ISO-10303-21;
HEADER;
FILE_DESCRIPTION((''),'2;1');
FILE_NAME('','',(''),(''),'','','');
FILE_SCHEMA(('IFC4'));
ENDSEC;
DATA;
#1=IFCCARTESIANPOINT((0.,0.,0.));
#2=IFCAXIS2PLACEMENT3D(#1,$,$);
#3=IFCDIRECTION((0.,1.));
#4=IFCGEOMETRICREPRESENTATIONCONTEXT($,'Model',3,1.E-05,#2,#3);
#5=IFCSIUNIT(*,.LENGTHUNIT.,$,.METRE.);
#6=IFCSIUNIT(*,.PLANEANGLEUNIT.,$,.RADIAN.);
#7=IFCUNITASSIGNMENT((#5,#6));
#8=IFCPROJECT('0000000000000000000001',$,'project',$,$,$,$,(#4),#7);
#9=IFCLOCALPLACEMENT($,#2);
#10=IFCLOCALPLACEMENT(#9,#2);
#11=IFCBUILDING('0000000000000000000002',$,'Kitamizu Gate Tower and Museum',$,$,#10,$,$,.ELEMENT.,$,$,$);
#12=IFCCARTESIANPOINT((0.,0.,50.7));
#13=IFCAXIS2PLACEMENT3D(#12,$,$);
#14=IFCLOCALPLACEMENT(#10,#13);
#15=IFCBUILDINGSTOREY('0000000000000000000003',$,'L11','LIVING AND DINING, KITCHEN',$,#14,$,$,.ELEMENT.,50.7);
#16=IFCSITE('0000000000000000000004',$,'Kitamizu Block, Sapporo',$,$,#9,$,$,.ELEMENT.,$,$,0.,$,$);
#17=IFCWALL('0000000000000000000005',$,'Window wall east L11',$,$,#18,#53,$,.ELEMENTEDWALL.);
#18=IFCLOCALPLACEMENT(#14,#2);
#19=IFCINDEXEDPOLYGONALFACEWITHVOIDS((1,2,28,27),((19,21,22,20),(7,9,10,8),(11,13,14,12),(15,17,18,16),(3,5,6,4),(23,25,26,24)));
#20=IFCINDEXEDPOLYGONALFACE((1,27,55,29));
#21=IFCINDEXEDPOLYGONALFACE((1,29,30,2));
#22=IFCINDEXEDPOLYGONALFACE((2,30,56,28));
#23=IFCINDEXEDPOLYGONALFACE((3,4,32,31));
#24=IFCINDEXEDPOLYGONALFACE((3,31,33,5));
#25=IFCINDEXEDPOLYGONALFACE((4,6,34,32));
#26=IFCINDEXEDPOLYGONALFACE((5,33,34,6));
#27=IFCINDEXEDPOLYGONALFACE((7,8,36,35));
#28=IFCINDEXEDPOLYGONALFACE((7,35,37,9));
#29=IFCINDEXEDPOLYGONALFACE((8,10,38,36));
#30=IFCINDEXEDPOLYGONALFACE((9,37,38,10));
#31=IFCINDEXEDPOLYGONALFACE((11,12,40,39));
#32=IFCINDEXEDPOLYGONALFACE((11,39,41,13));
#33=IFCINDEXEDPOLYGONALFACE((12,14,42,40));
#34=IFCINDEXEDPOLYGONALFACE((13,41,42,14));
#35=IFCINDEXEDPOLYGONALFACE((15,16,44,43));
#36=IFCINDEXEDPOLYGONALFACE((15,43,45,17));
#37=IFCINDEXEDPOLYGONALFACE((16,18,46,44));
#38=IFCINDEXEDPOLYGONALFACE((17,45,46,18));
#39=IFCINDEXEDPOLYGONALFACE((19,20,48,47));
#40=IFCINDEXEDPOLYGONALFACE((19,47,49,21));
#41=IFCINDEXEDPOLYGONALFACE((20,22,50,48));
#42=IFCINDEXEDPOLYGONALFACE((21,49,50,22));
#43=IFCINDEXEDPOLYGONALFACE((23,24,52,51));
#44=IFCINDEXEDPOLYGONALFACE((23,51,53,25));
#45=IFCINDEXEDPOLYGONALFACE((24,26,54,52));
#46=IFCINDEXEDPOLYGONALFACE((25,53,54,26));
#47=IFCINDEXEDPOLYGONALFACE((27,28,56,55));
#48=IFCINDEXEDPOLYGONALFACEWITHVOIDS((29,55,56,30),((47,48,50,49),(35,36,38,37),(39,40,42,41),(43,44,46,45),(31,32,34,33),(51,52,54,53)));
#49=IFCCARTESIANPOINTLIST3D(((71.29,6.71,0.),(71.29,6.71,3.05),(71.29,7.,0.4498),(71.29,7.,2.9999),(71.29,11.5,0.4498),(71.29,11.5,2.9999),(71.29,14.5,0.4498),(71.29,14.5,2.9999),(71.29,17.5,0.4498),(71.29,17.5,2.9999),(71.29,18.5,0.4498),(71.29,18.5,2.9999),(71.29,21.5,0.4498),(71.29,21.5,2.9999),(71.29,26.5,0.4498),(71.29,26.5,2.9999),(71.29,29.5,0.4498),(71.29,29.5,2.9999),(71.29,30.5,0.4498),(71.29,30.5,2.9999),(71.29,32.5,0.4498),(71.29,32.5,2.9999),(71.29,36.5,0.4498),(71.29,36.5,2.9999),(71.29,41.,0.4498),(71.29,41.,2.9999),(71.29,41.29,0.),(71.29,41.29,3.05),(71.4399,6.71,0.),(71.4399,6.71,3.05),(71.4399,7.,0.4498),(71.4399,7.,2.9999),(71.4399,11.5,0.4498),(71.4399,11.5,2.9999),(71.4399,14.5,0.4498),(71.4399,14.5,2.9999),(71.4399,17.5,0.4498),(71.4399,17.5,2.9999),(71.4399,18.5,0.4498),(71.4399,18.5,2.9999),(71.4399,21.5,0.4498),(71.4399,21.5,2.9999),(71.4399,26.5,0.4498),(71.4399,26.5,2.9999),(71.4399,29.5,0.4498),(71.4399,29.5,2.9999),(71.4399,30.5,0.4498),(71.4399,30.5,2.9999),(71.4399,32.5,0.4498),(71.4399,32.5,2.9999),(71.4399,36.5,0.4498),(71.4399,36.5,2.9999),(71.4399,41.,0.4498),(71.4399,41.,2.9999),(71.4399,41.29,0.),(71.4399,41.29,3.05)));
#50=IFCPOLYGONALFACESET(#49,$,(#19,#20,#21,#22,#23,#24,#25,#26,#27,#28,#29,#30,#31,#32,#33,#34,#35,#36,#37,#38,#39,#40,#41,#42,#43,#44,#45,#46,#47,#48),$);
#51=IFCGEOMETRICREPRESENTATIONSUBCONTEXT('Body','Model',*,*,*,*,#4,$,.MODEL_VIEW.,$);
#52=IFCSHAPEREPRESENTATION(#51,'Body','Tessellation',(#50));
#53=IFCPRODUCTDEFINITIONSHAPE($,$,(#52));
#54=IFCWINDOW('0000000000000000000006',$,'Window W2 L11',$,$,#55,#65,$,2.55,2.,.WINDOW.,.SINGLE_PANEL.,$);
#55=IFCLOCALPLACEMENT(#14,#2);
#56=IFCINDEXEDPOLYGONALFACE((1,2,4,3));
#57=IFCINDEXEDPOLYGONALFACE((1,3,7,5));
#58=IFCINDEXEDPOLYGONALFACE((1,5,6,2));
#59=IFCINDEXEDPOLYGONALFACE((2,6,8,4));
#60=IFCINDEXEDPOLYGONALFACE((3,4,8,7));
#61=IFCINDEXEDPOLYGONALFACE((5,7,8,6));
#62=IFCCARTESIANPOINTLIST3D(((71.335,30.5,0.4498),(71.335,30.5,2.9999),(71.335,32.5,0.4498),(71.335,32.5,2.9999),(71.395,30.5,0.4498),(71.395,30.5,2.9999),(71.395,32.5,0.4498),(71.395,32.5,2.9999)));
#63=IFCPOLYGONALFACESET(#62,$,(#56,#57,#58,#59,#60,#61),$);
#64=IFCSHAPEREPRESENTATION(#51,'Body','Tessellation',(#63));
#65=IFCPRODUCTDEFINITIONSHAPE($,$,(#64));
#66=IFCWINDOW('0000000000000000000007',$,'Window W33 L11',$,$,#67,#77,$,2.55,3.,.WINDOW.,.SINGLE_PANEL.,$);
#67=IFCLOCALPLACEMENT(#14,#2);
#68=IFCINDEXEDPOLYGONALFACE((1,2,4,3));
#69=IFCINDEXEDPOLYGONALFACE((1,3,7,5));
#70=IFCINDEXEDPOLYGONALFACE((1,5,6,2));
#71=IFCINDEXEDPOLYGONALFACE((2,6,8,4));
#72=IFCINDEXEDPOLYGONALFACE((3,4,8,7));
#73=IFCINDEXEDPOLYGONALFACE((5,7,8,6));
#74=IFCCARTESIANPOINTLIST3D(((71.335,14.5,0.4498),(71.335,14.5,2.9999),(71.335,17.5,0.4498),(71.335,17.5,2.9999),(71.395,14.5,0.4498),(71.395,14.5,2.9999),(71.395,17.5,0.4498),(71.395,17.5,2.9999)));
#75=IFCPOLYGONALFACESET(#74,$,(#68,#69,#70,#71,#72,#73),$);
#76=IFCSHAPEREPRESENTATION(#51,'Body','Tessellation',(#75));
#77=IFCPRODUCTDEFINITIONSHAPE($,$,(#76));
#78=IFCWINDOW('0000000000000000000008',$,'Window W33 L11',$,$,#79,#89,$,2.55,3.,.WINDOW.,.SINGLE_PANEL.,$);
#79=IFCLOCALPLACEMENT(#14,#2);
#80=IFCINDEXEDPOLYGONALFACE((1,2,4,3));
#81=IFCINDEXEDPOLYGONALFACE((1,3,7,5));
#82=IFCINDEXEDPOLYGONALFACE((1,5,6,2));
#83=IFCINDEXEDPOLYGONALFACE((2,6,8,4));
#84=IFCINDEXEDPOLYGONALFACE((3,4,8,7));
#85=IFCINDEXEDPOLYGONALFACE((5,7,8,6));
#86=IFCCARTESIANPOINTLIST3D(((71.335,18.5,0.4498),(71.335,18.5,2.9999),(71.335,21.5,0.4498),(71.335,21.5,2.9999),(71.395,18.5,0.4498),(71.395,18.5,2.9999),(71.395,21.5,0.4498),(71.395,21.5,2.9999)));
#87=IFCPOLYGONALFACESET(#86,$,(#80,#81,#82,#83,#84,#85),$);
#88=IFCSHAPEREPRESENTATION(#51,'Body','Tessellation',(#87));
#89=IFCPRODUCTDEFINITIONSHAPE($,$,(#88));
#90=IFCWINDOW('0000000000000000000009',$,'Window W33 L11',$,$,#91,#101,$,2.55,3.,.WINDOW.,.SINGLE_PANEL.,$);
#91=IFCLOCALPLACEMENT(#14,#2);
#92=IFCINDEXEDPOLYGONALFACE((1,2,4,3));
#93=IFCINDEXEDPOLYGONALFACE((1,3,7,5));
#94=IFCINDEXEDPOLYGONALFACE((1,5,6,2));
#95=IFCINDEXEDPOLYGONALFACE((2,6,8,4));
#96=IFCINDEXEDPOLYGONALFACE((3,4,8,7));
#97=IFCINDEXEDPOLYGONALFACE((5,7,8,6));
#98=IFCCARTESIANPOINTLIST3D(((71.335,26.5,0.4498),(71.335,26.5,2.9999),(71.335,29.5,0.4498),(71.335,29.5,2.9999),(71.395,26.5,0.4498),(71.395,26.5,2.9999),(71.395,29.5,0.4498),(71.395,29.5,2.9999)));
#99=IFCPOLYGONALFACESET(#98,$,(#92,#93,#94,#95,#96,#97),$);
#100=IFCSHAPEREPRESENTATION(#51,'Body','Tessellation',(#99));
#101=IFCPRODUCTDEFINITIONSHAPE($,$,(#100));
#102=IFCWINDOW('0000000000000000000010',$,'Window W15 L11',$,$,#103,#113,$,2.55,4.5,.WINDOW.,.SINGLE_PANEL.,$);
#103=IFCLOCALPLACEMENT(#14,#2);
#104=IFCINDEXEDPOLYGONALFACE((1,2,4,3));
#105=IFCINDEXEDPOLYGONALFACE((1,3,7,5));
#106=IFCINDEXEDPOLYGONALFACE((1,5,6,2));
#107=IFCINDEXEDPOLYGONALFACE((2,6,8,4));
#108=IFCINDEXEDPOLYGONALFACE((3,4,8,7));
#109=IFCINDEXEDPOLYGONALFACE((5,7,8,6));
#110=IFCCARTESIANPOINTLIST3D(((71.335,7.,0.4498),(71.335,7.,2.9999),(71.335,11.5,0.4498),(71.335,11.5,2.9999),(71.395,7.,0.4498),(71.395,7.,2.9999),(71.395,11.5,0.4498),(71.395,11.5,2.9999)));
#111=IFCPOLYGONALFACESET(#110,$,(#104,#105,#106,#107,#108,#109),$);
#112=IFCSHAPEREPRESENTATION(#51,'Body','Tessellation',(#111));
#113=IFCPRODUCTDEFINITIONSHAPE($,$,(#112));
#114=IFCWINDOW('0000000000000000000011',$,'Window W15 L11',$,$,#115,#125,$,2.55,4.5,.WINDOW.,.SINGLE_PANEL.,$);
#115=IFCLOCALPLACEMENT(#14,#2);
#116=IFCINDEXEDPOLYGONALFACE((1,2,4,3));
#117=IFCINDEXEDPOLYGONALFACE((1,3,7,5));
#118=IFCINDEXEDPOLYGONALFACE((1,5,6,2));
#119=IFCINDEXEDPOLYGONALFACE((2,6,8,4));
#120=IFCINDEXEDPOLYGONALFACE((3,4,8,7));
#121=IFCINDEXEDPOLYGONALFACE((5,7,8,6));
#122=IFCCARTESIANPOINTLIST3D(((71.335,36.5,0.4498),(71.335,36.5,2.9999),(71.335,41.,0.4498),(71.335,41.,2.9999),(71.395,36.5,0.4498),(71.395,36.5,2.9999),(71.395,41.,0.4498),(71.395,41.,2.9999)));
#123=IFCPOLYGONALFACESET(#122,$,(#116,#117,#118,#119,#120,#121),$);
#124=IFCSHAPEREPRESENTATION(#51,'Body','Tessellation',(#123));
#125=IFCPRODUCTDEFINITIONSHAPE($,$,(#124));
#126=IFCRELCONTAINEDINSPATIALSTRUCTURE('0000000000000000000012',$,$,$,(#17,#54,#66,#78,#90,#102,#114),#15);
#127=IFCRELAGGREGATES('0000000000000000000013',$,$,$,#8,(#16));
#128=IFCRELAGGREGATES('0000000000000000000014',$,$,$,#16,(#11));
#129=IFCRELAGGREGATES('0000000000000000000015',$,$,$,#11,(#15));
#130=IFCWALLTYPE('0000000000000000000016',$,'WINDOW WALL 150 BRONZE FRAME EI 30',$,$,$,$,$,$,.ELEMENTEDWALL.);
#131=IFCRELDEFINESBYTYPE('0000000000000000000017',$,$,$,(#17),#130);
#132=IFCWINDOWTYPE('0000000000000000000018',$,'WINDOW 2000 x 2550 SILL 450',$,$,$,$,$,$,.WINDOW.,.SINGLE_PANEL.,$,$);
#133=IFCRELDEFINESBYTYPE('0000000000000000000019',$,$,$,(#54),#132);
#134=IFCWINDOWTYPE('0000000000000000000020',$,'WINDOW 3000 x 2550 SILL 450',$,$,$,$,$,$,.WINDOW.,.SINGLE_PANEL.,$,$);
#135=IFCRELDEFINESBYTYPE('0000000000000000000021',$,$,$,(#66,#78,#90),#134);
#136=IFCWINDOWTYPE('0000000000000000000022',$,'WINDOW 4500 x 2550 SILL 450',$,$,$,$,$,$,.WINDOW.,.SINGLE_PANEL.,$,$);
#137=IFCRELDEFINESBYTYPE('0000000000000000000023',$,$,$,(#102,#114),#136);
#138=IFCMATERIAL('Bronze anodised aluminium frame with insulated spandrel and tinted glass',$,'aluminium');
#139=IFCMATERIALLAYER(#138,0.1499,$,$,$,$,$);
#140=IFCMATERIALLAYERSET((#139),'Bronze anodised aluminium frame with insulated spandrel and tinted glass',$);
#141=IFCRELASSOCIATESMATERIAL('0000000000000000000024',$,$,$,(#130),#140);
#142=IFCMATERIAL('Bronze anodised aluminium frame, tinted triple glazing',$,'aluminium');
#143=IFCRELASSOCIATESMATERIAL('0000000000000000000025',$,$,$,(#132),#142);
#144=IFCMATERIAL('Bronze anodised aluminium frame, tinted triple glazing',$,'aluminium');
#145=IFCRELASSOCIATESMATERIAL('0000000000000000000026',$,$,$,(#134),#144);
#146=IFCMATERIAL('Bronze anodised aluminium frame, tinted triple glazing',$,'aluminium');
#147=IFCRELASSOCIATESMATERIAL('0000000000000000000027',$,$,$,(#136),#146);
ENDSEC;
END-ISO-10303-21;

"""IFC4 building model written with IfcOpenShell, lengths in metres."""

from ifc_helpers import new_model, si_unit, direction, frame, frame_2d, origin, place, context, subcontext, project, spatial, rectangle, extrude, material, layer, layer_set, type_object, element, fill, save


model = new_model("IFC4")

# Units and contexts
model_context = context("Model", 3, precision=1e-05, world=origin(), true_north=direction((0.0, 1.0)))
body_context = subcontext(model_context, "Body", "Model", "MODEL_VIEW")
ifc_project = project(units=[si_unit("LENGTHUNIT", "METRE"), si_unit("PLANEANGLEUNIT", "RADIAN")], contexts=[model_context])

# Site, building, storey
site_placement = place(None, origin())
site = spatial("IfcSite", under=ifc_project, at=site_placement, Name="Kitamizu Block, Sapporo", CompositionType="ELEMENT", RefElevation=0.0)
building_placement = place(site_placement, origin())
building = spatial("IfcBuilding", under=site, at=building_placement, Name="Kitamizu Gate Tower and Museum", CompositionType="ELEMENT")
storey_placement = place(building_placement, frame((0.0, 0.0, 50.7)))
storey = spatial("IfcBuildingStorey", under=building, at=storey_placement, Name="L11", Description="LIVING AND DINING, KITCHEN", CompositionType="ELEMENT", Elevation=50.7)

# Shared definitions
ifc_material_1 = material(Name="Bronze anodised aluminium frame with insulated spandrel and tinted glass", Category="aluminium")
ifc_layer_1 = layer(ifc_material_1, 0.1499)
ifc_layer_set_1 = layer_set([ifc_layer_1], Name="Bronze anodised aluminium frame with insulated spandrel and tinted glass")
wall_type_1 = type_object("IfcWallType", Name="WINDOW WALL 150 BRONZE FRAME EI 30", PredefinedType="ELEMENTEDWALL", material=ifc_layer_set_1)

# Wall, openings, windows
wall_1_placement = place(storey_placement, frame((71.365, 6.71, 0.0), z_axis=(0.0, 0.0, 1.0), x_axis=(0.0, 1.0, 0.0)))
wall_1 = element("IfcWall", 1, at=wall_1_placement, inside=storey, type_object=wall_type_1, Name="Window wall east L11", PredefinedType="ELEMENTEDWALL", context=body_context, shape_type="SweptSolid", body=[
    extrude(rectangle(XDim=34.5801, YDim=0.1499, at=frame_2d((17.29, 0.0))), origin(), (0.0, 0.0, 1.0), 3.05),
])
opening_1_placement = place(wall_1_placement, frame((0.29, 0.0, 0.45)))
opening_1 = element("IfcOpeningElement", 2, at=opening_1_placement, cuts=wall_1, PredefinedType="OPENING", context=body_context, shape_type="SweptSolid", body=[
    extrude(rectangle(XDim=4.5, YDim=2.55, at=frame_2d((2.25, 1.2749))), frame((0.0, 0.085, 0.0), z_axis=(0.0, -1.0, 0.0), x_axis=(1.0, 0.0, 0.0)), (0.0, 0.0, 1.0), 0.1699),
])
opening_2_placement = place(wall_1_placement, frame((7.79, 0.0, 0.45)))
opening_2 = element("IfcOpeningElement", 3, at=opening_2_placement, cuts=wall_1, PredefinedType="OPENING", context=body_context, shape_type="SweptSolid", body=[
    extrude(rectangle(XDim=3.0, YDim=2.55, at=frame_2d((1.5, 1.2749))), frame((0.0, 0.085, 0.0), z_axis=(0.0, -1.0, 0.0), x_axis=(1.0, 0.0, 0.0)), (0.0, 0.0, 1.0), 0.1699),
])
opening_3_placement = place(wall_1_placement, frame((11.79, 0.0, 0.45)))
opening_3 = element("IfcOpeningElement", 4, at=opening_3_placement, cuts=wall_1, PredefinedType="OPENING", context=body_context, shape_type="SweptSolid", body=[
    extrude(rectangle(XDim=3.0, YDim=2.55, at=frame_2d((1.5, 1.2749))), frame((0.0, 0.085, 0.0), z_axis=(0.0, -1.0, 0.0), x_axis=(1.0, 0.0, 0.0)), (0.0, 0.0, 1.0), 0.1699),
])
opening_4_placement = place(wall_1_placement, frame((19.79, 0.0, 0.45)))
opening_4 = element("IfcOpeningElement", 5, at=opening_4_placement, cuts=wall_1, PredefinedType="OPENING", context=body_context, shape_type="SweptSolid", body=[
    extrude(rectangle(XDim=3.0, YDim=2.55, at=frame_2d((1.5, 1.2749))), frame((0.0, 0.085, 0.0), z_axis=(0.0, -1.0, 0.0), x_axis=(1.0, 0.0, 0.0)), (0.0, 0.0, 1.0), 0.1699),
])
opening_5_placement = place(wall_1_placement, frame((23.79, 0.0, 0.45)))
opening_5 = element("IfcOpeningElement", 6, at=opening_5_placement, cuts=wall_1, PredefinedType="OPENING", context=body_context, shape_type="SweptSolid", body=[
    extrude(rectangle(XDim=2.0, YDim=2.55, at=frame_2d((1.0, 1.2749))), frame((0.0, 0.085, 0.0), z_axis=(0.0, -1.0, 0.0), x_axis=(1.0, 0.0, 0.0)), (0.0, 0.0, 1.0), 0.1699),
])
opening_6_placement = place(wall_1_placement, frame((29.79, 0.0, 0.45)))
opening_6 = element("IfcOpeningElement", 7, at=opening_6_placement, cuts=wall_1, PredefinedType="OPENING", context=body_context, shape_type="SweptSolid", body=[
    extrude(rectangle(XDim=4.5, YDim=2.55, at=frame_2d((2.25, 1.2749))), frame((0.0, 0.085, 0.0), z_axis=(0.0, -1.0, 0.0), x_axis=(1.0, 0.0, 0.0)), (0.0, 0.0, 1.0), 0.1699),
])
ifc_material_2 = material(Name="Bronze anodised aluminium frame, tinted triple glazing", Category="aluminium")
window_type_1 = type_object("IfcWindowType", Name="WINDOW 2000 x 2550 SILL 450", PartitioningType="SINGLE_PANEL", PredefinedType="WINDOW", material=ifc_material_2)
window_1_placement = place(opening_5_placement, origin())
window_1 = element("IfcWindow", 8, at=window_1_placement, inside=storey, type_object=window_type_1, Name="Window W2 L11", OverallHeight=2.55, OverallWidth=2.0, PartitioningType="SINGLE_PANEL", PredefinedType="WINDOW", context=body_context, shape_type="SweptSolid", body=[
    extrude(rectangle(XDim=2.0, YDim=2.55, at=frame_2d((1.0, 1.2749))), frame((0.0, 0.03, 0.0), z_axis=(0.0, -1.0, 0.0), x_axis=(1.0, 0.0, 0.0)), (0.0, 0.0, 1.0), 0.0601),
])
fill(opening_5, window_1)
ifc_material_3 = material(Name="Bronze anodised aluminium frame, tinted triple glazing", Category="aluminium")
window_type_2 = type_object("IfcWindowType", Name="WINDOW 3000 x 2550 SILL 450", PartitioningType="SINGLE_PANEL", PredefinedType="WINDOW", material=ifc_material_3)
window_2_placement = place(opening_2_placement, origin())
window_2 = element("IfcWindow", 9, at=window_2_placement, inside=storey, type_object=window_type_2, Name="Window W33 L11", OverallHeight=2.55, OverallWidth=3.0, PartitioningType="SINGLE_PANEL", PredefinedType="WINDOW", context=body_context, shape_type="SweptSolid", body=[
    extrude(rectangle(XDim=3.0, YDim=2.55, at=frame_2d((1.5, 1.2749))), frame((0.0, 0.03, 0.0), z_axis=(0.0, -1.0, 0.0), x_axis=(1.0, 0.0, 0.0)), (0.0, 0.0, 1.0), 0.0601),
])
fill(opening_2, window_2)
window_3_placement = place(opening_3_placement, origin())
window_3 = element("IfcWindow", 10, at=window_3_placement, inside=storey, type_object=window_type_2, Name="Window W33 L11", OverallHeight=2.55, OverallWidth=3.0, PartitioningType="SINGLE_PANEL", PredefinedType="WINDOW", context=body_context, shape_type="SweptSolid", body=[
    extrude(rectangle(XDim=3.0, YDim=2.55, at=frame_2d((1.5, 1.2749))), frame((0.0, 0.03, 0.0), z_axis=(0.0, -1.0, 0.0), x_axis=(1.0, 0.0, 0.0)), (0.0, 0.0, 1.0), 0.0601),
])
fill(opening_3, window_3)
window_4_placement = place(opening_4_placement, origin())
window_4 = element("IfcWindow", 11, at=window_4_placement, inside=storey, type_object=window_type_2, Name="Window W33 L11", OverallHeight=2.55, OverallWidth=3.0, PartitioningType="SINGLE_PANEL", PredefinedType="WINDOW", context=body_context, shape_type="SweptSolid", body=[
    extrude(rectangle(XDim=3.0, YDim=2.55, at=frame_2d((1.5, 1.2749))), frame((0.0, 0.03, 0.0), z_axis=(0.0, -1.0, 0.0), x_axis=(1.0, 0.0, 0.0)), (0.0, 0.0, 1.0), 0.0601),
])
fill(opening_4, window_4)
ifc_material_4 = material(Name="Bronze anodised aluminium frame, tinted triple glazing", Category="aluminium")
window_type_3 = type_object("IfcWindowType", Name="WINDOW 4500 x 2550 SILL 450", PartitioningType="SINGLE_PANEL", PredefinedType="WINDOW", material=ifc_material_4)
window_5_placement = place(opening_1_placement, origin())
window_5 = element("IfcWindow", 12, at=window_5_placement, inside=storey, type_object=window_type_3, Name="Window W15 L11", OverallHeight=2.55, OverallWidth=4.5, PartitioningType="SINGLE_PANEL", PredefinedType="WINDOW", context=body_context, shape_type="SweptSolid", body=[
    extrude(rectangle(XDim=4.5, YDim=2.55, at=frame_2d((2.25, 1.2749))), frame((0.0, 0.03, 0.0), z_axis=(0.0, -1.0, 0.0), x_axis=(1.0, 0.0, 0.0)), (0.0, 0.0, 1.0), 0.0601),
])
fill(opening_1, window_5)
window_6_placement = place(opening_6_placement, origin())
window_6 = element("IfcWindow", 13, at=window_6_placement, inside=storey, type_object=window_type_3, Name="Window W15 L11", OverallHeight=2.55, OverallWidth=4.5, PartitioningType="SINGLE_PANEL", PredefinedType="WINDOW", context=body_context, shape_type="SweptSolid", body=[
    extrude(rectangle(XDim=4.5, YDim=2.55, at=frame_2d((2.25, 1.2749))), frame((0.0, 0.03, 0.0), z_axis=(0.0, -1.0, 0.0), x_axis=(1.0, 0.0, 0.0)), (0.0, 0.0, 1.0), 0.0601),
])
fill(opening_6, window_6)

save(model, "model.ifc")
